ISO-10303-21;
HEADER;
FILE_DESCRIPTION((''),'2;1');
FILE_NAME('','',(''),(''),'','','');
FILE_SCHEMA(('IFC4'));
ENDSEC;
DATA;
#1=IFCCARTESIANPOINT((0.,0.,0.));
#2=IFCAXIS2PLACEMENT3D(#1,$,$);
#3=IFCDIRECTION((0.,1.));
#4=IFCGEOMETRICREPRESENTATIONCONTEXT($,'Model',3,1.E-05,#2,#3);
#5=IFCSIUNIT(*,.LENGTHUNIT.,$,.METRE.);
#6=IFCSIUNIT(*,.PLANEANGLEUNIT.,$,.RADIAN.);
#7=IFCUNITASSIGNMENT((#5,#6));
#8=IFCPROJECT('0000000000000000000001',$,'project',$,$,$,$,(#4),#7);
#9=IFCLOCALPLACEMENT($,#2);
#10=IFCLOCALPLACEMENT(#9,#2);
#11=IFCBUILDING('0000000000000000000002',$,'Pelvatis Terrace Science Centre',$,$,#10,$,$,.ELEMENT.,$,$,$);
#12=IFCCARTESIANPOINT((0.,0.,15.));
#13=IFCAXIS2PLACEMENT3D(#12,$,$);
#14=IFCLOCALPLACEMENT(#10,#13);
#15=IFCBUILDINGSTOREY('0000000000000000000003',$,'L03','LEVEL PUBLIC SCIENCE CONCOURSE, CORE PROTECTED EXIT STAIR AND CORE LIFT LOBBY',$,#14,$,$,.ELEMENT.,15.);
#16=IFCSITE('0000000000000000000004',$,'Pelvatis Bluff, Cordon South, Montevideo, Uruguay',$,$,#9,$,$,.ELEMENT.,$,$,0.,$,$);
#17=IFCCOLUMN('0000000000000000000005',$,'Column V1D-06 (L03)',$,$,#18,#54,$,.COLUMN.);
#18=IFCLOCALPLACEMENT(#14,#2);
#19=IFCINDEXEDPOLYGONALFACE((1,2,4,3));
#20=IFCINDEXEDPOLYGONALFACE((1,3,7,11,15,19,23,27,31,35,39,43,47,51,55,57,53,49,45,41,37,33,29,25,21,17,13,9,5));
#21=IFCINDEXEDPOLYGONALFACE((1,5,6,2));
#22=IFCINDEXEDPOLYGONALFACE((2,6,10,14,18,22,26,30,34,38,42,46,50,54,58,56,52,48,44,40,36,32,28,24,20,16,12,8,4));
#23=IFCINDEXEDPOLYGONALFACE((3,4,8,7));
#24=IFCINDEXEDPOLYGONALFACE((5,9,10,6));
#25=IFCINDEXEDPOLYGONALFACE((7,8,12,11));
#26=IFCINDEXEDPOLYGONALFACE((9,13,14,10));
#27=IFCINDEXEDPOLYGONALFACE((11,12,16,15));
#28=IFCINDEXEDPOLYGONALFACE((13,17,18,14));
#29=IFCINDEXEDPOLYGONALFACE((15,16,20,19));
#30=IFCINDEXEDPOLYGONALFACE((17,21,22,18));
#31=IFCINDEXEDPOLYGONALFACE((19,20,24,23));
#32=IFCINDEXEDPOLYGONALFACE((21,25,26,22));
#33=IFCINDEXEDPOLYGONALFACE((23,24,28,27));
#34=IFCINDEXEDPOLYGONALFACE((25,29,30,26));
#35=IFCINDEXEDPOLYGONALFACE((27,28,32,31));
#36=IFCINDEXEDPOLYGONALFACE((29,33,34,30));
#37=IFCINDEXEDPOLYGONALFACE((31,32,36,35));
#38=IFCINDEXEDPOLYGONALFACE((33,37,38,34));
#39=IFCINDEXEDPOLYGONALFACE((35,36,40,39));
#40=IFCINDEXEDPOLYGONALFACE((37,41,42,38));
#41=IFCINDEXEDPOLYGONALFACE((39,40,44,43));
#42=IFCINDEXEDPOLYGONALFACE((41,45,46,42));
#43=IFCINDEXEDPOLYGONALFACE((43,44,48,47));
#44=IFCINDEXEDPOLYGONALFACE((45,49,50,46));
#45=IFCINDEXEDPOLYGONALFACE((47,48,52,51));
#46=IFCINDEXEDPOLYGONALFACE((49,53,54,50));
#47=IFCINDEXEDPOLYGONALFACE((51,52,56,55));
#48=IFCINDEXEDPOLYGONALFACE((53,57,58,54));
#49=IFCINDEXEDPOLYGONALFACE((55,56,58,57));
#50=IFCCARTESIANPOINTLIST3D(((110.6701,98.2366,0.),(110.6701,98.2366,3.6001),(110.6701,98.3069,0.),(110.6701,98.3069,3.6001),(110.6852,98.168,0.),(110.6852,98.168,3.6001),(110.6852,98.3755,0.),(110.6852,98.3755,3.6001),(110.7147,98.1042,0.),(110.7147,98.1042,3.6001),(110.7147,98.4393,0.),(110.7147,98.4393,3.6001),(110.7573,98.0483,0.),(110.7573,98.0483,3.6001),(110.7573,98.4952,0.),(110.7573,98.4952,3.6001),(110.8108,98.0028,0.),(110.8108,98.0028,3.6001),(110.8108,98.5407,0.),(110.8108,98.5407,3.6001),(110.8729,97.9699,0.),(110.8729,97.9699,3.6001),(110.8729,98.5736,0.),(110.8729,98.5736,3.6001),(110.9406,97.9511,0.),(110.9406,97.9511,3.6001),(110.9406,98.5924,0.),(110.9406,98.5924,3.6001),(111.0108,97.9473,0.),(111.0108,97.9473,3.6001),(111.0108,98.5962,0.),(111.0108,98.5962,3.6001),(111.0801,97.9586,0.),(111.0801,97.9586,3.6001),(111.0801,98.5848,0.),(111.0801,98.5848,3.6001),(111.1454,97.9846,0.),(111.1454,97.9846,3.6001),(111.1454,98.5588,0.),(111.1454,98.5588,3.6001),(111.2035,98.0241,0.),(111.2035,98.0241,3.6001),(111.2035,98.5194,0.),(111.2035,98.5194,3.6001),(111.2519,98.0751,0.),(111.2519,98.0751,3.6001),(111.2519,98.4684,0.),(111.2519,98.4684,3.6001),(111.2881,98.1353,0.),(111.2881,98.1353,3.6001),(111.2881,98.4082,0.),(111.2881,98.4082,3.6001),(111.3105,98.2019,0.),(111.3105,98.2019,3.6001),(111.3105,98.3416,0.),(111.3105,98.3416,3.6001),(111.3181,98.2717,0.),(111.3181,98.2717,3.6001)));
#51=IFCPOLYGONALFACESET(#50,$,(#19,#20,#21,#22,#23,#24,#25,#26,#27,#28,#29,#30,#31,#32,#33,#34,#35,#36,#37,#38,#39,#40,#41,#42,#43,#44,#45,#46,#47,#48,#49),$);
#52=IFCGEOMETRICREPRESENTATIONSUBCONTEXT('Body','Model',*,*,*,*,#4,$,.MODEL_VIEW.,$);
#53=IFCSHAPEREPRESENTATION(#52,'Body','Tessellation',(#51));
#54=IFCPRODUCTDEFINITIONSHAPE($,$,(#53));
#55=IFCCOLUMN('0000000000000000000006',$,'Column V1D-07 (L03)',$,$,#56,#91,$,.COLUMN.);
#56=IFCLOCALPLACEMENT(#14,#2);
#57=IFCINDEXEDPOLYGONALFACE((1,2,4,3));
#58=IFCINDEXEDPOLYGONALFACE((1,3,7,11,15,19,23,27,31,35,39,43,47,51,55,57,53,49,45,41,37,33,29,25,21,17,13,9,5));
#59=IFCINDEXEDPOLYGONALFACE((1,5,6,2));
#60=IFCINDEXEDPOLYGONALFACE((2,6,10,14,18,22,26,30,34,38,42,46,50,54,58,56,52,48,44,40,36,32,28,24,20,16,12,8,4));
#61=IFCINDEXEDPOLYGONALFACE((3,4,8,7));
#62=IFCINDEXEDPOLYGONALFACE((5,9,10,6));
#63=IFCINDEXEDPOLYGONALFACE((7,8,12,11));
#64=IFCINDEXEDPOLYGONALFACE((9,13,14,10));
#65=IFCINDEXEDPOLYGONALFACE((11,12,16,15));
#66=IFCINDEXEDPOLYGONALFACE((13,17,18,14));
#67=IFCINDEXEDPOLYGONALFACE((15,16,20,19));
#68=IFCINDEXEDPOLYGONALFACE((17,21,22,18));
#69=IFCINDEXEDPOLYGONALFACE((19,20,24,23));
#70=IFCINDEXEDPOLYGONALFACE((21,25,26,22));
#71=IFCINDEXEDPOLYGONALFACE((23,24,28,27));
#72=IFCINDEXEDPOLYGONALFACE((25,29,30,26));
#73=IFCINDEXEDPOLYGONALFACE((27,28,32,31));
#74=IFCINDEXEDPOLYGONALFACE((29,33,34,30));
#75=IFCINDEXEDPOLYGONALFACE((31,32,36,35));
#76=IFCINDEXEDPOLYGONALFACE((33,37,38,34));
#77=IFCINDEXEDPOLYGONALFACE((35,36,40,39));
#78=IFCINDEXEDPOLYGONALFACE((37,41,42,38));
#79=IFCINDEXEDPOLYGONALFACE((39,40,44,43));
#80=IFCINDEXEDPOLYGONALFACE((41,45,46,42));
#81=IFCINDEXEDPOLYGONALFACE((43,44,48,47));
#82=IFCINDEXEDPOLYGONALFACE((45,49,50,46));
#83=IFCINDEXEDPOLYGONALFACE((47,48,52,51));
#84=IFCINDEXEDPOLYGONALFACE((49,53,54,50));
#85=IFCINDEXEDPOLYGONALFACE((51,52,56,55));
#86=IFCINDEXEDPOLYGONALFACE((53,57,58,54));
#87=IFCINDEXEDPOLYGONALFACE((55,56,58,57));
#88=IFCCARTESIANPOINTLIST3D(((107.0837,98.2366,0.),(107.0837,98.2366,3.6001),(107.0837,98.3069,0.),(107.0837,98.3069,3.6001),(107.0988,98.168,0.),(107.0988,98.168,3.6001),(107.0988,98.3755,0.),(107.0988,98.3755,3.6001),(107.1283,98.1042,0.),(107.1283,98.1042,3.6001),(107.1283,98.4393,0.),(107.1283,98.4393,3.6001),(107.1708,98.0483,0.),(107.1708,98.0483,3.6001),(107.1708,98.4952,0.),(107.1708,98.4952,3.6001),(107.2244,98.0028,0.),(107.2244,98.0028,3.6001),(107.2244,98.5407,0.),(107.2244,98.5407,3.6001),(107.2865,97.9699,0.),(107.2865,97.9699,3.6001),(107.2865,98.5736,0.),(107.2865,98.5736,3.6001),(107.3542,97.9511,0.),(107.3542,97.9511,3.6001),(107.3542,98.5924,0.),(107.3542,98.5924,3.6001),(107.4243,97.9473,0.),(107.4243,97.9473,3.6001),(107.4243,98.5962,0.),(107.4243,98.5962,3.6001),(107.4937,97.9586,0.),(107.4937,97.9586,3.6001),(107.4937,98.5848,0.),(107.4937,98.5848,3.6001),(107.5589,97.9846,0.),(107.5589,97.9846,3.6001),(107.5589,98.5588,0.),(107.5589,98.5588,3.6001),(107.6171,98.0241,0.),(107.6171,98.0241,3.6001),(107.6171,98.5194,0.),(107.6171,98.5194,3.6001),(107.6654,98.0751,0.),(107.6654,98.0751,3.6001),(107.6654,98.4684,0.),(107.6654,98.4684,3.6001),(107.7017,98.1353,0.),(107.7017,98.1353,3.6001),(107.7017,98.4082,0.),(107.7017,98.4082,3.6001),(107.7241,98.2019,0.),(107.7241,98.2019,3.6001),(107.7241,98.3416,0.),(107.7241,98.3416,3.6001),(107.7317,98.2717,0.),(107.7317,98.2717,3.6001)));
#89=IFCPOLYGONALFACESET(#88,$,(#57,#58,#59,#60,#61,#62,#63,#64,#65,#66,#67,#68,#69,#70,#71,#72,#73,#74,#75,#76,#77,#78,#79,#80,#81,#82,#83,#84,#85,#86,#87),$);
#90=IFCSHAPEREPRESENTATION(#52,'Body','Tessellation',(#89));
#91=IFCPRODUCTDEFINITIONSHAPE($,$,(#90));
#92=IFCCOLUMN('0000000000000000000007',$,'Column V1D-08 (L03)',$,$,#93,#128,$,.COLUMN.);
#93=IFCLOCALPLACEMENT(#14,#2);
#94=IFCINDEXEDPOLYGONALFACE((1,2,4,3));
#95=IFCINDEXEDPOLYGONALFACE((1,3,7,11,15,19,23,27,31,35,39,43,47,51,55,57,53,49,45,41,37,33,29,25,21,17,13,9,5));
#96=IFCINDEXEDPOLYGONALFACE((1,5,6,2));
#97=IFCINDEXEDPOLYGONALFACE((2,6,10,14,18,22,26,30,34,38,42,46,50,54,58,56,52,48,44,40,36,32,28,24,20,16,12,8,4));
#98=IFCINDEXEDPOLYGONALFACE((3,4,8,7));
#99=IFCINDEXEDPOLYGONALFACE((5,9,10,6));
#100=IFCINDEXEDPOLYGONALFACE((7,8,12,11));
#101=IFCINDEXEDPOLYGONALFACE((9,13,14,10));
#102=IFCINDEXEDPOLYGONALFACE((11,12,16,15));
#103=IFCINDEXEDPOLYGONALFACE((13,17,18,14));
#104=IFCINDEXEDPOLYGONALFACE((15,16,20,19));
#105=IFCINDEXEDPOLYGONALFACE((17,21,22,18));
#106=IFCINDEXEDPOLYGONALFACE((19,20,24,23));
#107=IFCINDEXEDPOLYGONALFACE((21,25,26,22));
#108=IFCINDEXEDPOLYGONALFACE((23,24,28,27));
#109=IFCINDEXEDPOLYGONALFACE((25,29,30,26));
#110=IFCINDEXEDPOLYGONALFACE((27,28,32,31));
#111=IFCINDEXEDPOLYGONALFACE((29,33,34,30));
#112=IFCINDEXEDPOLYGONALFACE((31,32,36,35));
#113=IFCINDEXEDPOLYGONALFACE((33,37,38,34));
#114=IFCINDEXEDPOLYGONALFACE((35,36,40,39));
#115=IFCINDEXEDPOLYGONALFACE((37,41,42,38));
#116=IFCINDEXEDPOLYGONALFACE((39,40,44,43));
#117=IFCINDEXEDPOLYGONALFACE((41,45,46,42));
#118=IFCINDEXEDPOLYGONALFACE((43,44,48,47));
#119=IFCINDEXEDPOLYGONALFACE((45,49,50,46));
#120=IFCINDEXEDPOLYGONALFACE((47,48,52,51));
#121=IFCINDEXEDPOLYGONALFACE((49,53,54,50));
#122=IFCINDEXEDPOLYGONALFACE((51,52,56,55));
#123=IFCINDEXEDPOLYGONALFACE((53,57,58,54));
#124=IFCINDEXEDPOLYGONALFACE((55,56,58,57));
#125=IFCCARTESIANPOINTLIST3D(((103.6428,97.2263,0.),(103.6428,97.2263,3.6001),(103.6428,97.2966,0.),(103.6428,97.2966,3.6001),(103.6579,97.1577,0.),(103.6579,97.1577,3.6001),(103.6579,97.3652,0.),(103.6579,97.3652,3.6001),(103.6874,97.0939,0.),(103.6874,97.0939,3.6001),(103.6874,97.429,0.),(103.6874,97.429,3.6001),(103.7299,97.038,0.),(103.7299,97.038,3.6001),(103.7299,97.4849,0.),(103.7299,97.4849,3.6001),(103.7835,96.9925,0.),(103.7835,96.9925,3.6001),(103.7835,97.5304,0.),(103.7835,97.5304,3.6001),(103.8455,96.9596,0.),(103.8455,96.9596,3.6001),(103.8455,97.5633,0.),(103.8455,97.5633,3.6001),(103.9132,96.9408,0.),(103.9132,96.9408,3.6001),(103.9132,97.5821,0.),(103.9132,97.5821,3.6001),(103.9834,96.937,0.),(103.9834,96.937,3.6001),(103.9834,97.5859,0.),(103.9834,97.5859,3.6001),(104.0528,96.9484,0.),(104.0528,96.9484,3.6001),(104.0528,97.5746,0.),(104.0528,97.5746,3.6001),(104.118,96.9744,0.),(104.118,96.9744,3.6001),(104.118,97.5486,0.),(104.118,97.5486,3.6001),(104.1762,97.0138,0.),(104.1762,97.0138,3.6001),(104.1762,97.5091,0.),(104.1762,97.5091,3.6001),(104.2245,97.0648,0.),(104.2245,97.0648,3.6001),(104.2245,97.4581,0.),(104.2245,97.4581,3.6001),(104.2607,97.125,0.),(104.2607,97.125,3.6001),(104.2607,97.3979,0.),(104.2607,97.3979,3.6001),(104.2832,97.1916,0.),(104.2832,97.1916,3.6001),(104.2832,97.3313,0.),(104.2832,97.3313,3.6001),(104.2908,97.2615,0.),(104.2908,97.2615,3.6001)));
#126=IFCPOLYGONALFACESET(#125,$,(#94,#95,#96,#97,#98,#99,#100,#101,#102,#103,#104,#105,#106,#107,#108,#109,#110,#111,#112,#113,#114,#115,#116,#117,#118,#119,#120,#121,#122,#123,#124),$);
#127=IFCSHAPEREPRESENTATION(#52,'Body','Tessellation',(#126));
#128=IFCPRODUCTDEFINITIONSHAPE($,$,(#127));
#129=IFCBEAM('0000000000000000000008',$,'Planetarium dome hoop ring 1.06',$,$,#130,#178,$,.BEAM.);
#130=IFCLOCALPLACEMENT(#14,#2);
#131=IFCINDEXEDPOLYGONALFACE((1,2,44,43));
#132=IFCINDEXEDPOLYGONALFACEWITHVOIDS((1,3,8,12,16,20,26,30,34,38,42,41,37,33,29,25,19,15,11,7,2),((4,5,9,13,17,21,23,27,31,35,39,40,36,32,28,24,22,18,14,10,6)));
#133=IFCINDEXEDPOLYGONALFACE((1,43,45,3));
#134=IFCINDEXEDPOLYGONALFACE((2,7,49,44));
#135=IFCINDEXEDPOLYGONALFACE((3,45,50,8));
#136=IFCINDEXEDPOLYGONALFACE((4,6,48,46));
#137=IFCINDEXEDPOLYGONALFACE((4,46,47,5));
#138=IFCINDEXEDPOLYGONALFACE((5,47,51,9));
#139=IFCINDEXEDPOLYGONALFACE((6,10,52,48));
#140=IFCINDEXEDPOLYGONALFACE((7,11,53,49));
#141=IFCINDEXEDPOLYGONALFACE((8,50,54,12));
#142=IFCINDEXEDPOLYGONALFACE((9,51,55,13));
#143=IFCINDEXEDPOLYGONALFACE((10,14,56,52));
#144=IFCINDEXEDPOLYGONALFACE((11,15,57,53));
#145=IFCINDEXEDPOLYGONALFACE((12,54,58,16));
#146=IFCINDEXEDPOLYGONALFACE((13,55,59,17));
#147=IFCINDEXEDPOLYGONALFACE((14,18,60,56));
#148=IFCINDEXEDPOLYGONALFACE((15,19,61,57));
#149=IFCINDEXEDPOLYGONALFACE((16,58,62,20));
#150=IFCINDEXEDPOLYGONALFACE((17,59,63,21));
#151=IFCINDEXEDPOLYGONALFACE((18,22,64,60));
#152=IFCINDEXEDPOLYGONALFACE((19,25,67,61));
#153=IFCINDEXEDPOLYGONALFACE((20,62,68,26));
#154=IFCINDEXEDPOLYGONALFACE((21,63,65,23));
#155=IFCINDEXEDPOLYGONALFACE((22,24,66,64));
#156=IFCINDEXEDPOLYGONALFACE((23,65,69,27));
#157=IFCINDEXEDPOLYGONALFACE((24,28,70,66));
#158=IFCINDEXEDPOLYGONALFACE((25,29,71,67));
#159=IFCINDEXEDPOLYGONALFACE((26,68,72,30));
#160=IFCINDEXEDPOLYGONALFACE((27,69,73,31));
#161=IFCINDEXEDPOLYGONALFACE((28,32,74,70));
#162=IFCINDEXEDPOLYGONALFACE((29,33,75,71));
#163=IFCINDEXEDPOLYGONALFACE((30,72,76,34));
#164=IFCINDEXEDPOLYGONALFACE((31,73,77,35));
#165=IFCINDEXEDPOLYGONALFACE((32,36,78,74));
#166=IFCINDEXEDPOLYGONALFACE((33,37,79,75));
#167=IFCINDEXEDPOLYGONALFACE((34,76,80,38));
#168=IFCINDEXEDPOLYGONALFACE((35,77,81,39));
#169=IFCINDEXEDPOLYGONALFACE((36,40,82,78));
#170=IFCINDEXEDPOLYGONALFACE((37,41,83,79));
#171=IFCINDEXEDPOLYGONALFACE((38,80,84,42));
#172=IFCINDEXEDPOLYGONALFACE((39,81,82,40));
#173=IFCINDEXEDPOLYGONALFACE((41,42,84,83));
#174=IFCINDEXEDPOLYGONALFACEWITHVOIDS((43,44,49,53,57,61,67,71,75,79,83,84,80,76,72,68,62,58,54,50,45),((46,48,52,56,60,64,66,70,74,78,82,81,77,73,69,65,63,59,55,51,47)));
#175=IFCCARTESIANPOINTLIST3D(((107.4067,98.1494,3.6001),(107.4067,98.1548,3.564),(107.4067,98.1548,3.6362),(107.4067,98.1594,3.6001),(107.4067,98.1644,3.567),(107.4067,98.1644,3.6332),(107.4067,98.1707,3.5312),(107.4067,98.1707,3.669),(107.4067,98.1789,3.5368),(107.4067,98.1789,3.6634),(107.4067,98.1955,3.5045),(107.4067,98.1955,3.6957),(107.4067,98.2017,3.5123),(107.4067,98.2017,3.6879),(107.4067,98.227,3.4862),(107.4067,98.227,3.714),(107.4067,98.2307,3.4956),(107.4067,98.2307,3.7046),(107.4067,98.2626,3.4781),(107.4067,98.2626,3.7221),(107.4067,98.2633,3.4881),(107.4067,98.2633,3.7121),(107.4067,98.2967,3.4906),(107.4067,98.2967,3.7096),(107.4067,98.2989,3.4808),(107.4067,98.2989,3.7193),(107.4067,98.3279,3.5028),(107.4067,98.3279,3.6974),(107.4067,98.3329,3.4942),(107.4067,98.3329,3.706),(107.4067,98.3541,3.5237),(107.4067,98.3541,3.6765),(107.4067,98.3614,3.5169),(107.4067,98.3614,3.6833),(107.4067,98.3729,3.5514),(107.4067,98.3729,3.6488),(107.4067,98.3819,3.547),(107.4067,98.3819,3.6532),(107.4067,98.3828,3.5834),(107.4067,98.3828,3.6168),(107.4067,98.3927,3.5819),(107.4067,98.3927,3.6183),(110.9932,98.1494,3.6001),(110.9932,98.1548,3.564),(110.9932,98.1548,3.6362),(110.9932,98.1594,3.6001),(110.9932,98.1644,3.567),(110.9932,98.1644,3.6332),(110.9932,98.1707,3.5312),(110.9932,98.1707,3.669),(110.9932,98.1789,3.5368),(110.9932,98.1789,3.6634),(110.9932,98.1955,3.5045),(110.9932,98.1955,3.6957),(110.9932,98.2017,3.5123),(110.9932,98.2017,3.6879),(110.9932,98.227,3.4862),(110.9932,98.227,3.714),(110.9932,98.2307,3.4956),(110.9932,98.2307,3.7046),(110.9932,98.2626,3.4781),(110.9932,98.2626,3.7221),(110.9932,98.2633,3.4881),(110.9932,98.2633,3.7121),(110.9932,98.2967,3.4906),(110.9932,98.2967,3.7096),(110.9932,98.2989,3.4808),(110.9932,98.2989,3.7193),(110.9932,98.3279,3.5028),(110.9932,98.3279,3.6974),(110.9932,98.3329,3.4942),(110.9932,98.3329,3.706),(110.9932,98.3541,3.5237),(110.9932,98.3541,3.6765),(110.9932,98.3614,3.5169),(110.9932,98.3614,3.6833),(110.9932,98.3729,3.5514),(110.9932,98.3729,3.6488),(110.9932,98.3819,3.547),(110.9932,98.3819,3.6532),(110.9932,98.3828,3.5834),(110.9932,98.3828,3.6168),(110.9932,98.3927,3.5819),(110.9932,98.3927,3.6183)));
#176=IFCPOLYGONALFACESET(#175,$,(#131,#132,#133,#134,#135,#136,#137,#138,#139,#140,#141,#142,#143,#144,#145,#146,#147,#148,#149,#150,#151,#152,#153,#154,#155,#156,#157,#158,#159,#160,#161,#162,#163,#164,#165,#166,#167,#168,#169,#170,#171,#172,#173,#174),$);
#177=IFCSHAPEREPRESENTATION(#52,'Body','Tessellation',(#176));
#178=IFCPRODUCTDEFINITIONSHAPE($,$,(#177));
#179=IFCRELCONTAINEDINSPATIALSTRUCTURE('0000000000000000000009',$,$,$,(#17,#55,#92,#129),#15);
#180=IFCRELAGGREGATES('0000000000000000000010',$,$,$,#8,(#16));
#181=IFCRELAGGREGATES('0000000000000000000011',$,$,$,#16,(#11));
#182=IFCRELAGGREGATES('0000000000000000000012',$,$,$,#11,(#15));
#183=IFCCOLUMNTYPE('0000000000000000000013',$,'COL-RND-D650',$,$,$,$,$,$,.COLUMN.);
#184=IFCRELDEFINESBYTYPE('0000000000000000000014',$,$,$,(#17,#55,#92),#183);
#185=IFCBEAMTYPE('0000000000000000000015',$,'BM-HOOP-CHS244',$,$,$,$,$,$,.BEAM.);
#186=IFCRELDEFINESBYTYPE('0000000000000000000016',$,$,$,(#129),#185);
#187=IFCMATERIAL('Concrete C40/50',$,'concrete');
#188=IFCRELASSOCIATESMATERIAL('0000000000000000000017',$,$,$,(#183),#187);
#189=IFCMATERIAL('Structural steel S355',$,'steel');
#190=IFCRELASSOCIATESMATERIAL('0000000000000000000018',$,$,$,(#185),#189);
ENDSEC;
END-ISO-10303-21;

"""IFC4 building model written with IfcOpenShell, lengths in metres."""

from ifc_helpers import new_model, si_unit, direction, frame, origin, origin_2d, place, context, subcontext, project, spatial, circle, hollow_circle, extrude, material, material_profile, profile_set, type_object, element, save


model = new_model("IFC4")

# Units and contexts
model_context = context("Model", 3, precision=1e-05, world=origin(), true_north=direction((0.0, 1.0)))
body_context = subcontext(model_context, "Body", "Model", "MODEL_VIEW")
ifc_project = project(units=[si_unit("LENGTHUNIT", "METRE"), si_unit("PLANEANGLEUNIT", "RADIAN")], contexts=[model_context])

# Site, building, storey
site_placement = place(None, origin())
site = spatial("IfcSite", under=ifc_project, at=site_placement, Name="Pelvatis Bluff, Cordon South, Montevideo, Uruguay", CompositionType="ELEMENT", RefElevation=0.0)
building_placement = place(site_placement, origin())
building = spatial("IfcBuilding", under=site, at=building_placement, Name="Pelvatis Terrace Science Centre", CompositionType="ELEMENT")
storey_placement = place(building_placement, frame((0.0, 0.0, 15.0)))
storey = spatial("IfcBuildingStorey", under=building, at=storey_placement, Name="L03", Description="LEVEL PUBLIC SCIENCE CONCOURSE, CORE PROTECTED EXIT STAIR AND CORE LIFT LOBBY", CompositionType="ELEMENT", Elevation=15.0)

# Columns
ifc_material_1 = material(Name="Concrete C40/50", Category="concrete")
ifc_material_profile_1 = material_profile(ifc_material_1, circle(Radius=0.325, at=origin_2d()), Name="RC-RCOL D650")
ifc_profile_set_1 = profile_set([ifc_material_profile_1], Name="Concrete C40/50")
column_type = type_object("IfcColumnType", Name="COL-RND-D650", PredefinedType="COLUMN", material=ifc_profile_set_1)
for number, where, z_axis, x_axis, name in (
    (1, (110.9932, 98.2717, 0.0), (0.0, 0.0, 1.0), (1.0, 0.0, 0.0), "Column V1D-06 (L03)"),
    (2, (107.4067, 98.2717, 0.0), (0.0, 0.0, 1.0), (1.0, 0.0, 0.0), "Column V1D-07 (L03)"),
    (3, (103.9658, 97.2615, 0.0), (0.0, 0.0, 1.0), (1.0, 0.0, 0.0), "Column V1D-08 (L03)"),
):
    element("IfcColumn", number, at=place(storey_placement, frame(where, z_axis=z_axis, x_axis=x_axis)), inside=storey, type_object=column_type, Name=name, PredefinedType="COLUMN", context=body_context, shape_type="SweptSolid", body=[
        extrude(circle(Radius=0.325, at=origin_2d()), origin(), (0.0, 0.0, 1.0), 3.6001),
    ])

# Beam
ifc_material_2 = material(Name="Structural steel S355", Category="steel")
ifc_material_profile_2 = material_profile(ifc_material_2, hollow_circle(Radius=0.1223, WallThickness=0.01, at=origin_2d()), Name="CHS 244.5x10.0")
ifc_profile_set_2 = profile_set([ifc_material_profile_2], Name="Structural steel S355")
beam_type_1 = type_object("IfcBeamType", Name="BM-HOOP-CHS244", PredefinedType="BEAM", material=ifc_profile_set_2)
beam_1_placement = place(storey_placement, frame((110.9932, 98.2717, 3.6001), z_axis=(-1.0, 0.0, 0.0), x_axis=(0.0, -1.0, 0.0)))
element("IfcBeam", 4, at=beam_1_placement, inside=storey, type_object=beam_type_1, Name="Planetarium dome hoop ring 1.06", PredefinedType="BEAM", context=body_context, shape_type="SweptSolid", body=[
    extrude(hollow_circle(Radius=0.1223, WallThickness=0.01, at=origin_2d()), origin(), (0.0, 0.0, 1.0), 3.5864),
])

save(model, "model.ifc")
